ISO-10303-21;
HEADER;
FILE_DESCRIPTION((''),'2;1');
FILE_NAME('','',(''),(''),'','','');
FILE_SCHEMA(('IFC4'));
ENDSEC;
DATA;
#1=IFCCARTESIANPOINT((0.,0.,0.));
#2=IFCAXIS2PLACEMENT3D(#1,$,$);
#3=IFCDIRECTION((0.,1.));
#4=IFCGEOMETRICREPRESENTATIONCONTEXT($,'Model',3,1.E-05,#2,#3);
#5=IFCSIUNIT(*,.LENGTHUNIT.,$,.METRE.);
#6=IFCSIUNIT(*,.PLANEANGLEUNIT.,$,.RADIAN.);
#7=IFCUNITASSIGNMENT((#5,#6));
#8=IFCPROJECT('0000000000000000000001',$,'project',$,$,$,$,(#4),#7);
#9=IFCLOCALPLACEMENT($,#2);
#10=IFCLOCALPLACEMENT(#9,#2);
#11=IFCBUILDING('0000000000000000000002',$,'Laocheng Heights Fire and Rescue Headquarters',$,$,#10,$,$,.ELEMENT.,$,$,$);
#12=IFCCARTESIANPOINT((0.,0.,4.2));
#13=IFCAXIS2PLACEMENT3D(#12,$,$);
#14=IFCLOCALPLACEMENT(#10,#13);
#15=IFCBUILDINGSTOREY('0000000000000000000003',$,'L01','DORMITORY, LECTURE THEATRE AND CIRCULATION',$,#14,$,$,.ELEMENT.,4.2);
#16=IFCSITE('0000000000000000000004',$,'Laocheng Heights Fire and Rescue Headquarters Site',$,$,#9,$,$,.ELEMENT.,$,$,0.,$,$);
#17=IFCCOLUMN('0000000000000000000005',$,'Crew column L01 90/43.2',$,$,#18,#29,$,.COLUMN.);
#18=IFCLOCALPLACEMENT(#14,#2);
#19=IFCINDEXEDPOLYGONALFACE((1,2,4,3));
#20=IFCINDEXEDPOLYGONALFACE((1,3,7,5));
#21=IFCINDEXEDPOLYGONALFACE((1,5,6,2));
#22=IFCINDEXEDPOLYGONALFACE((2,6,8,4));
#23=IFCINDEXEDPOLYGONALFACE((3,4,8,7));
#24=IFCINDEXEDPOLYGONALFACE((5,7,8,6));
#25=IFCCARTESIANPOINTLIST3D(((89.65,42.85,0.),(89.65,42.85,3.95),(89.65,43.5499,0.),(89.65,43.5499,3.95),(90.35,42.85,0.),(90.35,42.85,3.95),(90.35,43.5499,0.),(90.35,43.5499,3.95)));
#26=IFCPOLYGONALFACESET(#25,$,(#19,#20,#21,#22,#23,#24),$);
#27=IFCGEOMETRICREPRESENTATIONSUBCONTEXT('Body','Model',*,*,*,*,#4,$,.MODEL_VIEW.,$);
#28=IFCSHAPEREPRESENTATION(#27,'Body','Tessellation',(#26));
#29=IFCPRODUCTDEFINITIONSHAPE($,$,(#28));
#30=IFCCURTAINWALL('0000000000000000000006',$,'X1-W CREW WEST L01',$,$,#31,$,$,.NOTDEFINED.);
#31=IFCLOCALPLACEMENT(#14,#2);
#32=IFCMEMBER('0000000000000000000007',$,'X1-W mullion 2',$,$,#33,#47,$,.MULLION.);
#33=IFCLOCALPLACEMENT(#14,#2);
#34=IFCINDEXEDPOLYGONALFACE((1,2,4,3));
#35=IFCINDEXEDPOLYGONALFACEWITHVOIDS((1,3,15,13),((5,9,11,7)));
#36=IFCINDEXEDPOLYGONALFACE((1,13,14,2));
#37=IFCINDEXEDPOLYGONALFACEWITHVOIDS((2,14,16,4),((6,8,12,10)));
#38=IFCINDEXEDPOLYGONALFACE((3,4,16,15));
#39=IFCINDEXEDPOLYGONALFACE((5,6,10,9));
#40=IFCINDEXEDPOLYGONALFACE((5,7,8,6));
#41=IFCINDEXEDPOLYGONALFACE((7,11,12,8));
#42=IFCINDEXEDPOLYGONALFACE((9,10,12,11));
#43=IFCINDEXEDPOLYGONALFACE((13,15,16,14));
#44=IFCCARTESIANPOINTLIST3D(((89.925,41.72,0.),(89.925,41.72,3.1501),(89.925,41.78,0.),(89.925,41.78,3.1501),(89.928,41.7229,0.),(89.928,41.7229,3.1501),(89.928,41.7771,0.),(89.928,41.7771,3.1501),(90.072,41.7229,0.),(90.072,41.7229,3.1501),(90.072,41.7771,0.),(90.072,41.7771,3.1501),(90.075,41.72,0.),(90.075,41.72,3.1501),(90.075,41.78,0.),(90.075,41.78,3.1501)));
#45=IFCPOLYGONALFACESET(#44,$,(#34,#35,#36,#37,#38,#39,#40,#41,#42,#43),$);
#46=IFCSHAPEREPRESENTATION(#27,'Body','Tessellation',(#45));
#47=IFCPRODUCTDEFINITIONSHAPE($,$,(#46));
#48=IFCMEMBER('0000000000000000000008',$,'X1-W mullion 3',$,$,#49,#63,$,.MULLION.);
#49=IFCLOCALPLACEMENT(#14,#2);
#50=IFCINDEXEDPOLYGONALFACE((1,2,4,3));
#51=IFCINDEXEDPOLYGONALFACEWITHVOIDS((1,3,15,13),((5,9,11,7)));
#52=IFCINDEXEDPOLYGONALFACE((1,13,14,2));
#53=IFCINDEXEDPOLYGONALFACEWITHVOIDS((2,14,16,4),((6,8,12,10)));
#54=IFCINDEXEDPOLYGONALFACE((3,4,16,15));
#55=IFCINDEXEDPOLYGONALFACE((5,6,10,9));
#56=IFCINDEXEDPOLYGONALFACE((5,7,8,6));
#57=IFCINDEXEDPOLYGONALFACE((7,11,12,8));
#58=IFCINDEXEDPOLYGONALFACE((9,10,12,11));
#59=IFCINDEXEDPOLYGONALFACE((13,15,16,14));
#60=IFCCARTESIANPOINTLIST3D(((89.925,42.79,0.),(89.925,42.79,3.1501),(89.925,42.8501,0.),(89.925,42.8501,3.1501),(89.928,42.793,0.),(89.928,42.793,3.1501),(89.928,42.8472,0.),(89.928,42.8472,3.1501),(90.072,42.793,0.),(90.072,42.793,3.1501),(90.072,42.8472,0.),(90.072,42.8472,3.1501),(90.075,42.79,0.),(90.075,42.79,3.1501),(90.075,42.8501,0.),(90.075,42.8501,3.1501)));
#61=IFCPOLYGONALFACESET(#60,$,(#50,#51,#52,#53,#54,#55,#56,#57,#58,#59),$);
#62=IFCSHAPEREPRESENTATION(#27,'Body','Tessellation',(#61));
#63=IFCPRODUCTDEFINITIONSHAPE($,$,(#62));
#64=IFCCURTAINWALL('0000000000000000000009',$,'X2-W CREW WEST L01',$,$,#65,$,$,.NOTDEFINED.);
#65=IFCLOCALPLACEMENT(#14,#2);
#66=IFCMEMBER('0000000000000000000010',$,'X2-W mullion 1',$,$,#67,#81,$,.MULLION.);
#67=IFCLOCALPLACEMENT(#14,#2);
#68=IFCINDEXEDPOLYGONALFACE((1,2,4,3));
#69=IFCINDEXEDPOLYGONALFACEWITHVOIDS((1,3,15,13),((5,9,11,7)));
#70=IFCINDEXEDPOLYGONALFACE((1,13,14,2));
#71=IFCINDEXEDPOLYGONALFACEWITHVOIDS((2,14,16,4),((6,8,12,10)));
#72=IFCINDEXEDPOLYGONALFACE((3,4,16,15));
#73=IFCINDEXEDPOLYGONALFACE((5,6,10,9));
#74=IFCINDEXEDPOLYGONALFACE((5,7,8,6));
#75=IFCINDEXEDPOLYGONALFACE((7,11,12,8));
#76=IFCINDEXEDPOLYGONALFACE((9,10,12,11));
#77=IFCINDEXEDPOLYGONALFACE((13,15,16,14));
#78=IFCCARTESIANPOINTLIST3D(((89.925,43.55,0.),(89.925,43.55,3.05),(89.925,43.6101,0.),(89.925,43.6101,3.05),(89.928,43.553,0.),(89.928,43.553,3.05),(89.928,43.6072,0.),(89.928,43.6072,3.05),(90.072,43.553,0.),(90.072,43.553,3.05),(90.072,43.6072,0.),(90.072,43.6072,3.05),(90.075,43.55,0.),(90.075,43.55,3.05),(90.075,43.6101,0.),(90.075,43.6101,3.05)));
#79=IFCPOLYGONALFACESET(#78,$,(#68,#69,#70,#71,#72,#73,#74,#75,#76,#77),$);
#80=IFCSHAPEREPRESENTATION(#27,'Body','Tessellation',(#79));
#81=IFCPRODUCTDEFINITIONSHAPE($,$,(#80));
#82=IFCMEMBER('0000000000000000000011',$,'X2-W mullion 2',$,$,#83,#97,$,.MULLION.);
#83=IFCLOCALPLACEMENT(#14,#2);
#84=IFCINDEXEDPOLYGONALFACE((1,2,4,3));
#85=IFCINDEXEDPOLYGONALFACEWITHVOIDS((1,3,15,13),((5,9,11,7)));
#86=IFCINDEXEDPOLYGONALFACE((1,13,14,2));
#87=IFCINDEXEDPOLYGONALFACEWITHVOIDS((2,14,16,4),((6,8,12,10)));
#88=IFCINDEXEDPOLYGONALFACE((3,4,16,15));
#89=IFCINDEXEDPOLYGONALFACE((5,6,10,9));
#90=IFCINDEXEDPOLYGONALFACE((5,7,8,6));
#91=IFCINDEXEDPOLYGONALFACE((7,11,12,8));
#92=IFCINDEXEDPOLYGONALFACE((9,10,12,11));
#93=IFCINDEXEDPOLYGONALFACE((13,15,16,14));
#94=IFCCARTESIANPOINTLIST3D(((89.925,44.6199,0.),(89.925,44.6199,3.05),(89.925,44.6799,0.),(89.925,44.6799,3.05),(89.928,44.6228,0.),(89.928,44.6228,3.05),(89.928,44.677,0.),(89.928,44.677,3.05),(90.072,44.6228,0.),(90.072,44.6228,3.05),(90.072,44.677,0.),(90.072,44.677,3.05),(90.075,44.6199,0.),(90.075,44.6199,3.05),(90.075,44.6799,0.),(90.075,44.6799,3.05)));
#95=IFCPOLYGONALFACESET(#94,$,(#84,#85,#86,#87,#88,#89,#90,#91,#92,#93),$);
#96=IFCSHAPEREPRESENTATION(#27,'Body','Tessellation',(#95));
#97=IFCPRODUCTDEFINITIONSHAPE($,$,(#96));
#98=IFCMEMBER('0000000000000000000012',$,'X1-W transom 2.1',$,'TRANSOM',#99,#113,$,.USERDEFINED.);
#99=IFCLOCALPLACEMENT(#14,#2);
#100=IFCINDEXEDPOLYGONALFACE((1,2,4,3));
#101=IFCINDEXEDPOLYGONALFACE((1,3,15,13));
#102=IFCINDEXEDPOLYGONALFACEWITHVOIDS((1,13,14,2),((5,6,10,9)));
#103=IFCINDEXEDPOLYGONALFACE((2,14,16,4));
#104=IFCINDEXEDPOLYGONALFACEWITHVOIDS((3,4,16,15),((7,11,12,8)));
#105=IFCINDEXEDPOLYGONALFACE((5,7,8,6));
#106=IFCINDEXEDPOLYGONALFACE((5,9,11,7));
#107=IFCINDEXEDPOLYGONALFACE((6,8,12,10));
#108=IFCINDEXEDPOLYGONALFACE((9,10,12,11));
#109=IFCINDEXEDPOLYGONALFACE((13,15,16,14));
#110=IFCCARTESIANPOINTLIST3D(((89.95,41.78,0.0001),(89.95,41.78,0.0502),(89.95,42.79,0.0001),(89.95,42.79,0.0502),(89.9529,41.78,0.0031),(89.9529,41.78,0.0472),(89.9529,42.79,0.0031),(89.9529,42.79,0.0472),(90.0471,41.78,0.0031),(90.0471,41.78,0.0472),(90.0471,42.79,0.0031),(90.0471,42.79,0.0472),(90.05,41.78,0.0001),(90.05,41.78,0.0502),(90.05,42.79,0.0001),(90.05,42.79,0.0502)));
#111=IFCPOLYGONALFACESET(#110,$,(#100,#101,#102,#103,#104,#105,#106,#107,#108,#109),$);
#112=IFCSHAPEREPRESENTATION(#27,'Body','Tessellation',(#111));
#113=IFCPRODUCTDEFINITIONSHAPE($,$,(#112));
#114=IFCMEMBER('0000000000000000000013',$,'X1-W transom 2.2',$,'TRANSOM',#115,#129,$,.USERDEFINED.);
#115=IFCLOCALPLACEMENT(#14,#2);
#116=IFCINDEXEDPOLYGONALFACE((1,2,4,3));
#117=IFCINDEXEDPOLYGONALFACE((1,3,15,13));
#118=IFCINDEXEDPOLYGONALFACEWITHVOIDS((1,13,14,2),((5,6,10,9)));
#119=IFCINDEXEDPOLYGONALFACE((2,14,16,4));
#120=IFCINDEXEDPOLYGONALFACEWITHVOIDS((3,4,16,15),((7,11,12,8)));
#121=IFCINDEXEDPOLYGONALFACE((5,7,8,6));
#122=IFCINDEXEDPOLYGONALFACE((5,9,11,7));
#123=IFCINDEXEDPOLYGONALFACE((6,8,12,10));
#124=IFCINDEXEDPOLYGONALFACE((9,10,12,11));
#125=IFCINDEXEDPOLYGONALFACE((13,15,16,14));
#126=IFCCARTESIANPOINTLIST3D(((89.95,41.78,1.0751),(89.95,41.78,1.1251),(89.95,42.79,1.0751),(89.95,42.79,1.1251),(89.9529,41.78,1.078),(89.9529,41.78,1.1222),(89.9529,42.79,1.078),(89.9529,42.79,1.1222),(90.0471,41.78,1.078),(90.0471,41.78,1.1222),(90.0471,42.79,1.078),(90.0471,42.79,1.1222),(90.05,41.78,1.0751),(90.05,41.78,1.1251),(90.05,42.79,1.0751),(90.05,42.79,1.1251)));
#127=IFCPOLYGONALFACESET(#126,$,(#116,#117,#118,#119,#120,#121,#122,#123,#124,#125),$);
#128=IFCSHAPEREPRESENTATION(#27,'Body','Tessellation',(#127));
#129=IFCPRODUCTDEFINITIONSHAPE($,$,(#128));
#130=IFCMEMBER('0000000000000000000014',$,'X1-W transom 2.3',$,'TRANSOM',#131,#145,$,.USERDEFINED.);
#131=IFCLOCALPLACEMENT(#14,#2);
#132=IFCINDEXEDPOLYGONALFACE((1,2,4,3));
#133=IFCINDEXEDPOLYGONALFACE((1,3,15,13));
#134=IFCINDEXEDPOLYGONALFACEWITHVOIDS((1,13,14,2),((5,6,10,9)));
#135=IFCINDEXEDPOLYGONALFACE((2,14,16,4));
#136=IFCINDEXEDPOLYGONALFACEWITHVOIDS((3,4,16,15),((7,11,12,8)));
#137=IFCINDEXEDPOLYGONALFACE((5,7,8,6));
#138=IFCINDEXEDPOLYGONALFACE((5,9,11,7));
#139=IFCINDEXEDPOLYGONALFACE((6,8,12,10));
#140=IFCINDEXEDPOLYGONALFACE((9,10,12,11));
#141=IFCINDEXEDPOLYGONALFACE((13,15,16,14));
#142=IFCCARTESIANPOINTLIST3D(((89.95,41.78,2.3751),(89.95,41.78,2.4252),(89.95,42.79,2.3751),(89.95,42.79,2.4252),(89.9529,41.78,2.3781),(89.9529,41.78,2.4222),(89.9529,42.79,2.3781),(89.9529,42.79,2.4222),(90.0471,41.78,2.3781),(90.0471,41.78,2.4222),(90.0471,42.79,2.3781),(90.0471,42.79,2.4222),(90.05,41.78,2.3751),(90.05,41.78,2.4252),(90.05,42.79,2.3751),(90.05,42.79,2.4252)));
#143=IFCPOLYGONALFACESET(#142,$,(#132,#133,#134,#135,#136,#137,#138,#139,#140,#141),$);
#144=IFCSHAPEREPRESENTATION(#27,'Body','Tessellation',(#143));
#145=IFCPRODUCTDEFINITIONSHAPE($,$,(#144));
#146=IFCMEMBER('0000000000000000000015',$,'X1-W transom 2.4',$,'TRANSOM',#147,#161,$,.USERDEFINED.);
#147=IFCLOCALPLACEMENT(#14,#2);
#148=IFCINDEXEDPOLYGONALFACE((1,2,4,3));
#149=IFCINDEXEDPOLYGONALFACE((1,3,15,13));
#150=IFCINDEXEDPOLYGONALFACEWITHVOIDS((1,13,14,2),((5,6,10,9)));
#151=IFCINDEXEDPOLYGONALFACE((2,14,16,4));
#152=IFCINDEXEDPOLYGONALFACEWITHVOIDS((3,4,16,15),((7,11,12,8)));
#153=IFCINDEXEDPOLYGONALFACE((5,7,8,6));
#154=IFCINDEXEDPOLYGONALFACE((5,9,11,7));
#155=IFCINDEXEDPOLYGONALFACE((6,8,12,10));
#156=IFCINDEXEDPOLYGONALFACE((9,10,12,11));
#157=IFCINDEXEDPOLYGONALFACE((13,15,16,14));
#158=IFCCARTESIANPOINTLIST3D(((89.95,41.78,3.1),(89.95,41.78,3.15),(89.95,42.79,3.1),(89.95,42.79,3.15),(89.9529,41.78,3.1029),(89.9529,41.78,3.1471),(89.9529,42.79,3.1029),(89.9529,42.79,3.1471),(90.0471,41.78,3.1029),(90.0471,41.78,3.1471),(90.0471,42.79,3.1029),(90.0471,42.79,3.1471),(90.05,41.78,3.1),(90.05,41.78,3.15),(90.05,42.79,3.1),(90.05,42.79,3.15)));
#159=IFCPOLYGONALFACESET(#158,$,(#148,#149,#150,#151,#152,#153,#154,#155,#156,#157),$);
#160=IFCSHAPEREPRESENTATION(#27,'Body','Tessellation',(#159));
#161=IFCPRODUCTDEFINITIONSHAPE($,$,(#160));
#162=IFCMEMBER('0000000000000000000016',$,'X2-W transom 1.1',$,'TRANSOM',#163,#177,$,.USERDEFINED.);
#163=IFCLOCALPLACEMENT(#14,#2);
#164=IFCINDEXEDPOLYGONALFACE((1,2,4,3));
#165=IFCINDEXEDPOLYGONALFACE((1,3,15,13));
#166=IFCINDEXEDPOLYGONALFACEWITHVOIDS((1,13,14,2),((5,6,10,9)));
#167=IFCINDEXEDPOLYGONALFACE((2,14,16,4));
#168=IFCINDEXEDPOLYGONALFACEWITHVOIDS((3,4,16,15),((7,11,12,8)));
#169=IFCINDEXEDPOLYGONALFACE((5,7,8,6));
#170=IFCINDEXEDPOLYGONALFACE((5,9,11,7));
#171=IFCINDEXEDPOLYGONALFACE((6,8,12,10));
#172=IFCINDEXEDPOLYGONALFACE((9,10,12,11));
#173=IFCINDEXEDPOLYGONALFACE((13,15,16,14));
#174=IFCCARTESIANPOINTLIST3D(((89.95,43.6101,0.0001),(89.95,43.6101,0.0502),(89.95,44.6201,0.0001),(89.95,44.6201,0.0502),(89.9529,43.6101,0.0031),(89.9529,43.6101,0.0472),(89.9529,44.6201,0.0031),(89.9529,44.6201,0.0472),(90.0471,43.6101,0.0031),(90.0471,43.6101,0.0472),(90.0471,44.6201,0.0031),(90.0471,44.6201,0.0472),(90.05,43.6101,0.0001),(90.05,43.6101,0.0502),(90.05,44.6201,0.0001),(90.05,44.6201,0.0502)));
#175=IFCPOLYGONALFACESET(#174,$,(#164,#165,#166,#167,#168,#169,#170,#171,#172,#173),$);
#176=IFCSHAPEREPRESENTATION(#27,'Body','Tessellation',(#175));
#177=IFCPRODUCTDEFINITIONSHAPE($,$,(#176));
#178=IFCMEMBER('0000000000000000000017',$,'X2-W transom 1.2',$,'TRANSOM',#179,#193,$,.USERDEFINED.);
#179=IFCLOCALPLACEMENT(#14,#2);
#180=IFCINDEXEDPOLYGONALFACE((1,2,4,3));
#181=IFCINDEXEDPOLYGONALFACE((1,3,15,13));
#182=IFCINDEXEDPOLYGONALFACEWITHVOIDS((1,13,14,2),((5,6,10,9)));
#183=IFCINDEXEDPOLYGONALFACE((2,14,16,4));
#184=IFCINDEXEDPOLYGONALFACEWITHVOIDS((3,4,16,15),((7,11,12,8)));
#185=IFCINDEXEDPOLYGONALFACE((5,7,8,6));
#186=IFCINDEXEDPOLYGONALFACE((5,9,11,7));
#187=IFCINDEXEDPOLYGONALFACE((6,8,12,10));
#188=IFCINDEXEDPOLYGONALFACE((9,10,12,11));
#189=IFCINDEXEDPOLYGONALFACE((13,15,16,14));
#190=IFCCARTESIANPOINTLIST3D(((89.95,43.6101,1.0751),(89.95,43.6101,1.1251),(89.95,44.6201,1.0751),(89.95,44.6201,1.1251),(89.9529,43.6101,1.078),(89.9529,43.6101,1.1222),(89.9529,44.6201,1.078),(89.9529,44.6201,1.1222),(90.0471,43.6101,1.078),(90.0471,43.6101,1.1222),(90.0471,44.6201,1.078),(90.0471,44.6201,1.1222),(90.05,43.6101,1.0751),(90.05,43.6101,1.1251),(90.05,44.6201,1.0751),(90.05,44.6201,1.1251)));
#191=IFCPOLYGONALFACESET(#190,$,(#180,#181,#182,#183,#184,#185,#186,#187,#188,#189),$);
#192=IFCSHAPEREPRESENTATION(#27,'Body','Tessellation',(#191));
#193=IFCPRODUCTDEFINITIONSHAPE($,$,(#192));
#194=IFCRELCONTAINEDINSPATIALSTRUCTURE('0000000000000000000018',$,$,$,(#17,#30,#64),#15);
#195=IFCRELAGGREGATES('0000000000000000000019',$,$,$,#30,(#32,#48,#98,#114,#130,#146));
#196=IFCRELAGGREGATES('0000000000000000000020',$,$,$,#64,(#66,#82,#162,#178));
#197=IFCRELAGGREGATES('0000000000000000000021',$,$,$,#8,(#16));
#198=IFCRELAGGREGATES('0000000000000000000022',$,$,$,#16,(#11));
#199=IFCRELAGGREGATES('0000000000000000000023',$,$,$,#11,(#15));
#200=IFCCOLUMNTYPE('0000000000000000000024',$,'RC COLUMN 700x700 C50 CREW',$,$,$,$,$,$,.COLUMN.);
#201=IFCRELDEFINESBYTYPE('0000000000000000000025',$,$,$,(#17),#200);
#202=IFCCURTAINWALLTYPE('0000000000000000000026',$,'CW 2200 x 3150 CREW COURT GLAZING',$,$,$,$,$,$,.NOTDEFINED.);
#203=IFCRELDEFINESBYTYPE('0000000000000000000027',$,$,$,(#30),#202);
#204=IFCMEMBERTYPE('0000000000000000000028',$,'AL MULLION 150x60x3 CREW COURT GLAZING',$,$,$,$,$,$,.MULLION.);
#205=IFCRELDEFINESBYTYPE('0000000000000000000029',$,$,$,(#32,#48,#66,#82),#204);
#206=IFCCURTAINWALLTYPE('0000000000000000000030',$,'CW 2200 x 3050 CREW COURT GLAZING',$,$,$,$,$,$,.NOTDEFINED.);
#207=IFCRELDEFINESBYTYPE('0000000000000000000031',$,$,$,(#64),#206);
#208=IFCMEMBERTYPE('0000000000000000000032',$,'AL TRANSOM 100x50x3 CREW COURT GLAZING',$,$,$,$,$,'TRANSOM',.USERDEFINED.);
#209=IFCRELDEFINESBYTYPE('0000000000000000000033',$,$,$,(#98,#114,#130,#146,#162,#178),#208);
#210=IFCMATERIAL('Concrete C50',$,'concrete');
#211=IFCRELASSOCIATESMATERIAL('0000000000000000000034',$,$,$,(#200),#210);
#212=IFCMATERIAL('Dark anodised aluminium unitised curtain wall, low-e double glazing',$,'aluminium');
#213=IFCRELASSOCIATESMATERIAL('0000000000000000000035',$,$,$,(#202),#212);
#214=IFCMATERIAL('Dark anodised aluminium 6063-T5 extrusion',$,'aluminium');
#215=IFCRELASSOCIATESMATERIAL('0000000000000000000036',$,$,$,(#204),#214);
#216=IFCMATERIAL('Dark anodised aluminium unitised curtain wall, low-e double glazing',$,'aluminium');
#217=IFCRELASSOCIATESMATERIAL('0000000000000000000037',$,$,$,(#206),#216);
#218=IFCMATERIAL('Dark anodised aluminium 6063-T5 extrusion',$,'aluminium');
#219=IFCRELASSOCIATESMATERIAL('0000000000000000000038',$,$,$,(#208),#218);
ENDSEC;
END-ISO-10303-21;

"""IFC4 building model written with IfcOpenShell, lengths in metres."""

from ifc_helpers import new_model, si_unit, direction, frame, origin, origin_2d, place, context, subcontext, project, spatial, rectangle, hollow_rectangle, extrude, material, material_profile, profile_set, type_object, element, aggregate, save


model = new_model("IFC4")

# Units and contexts
model_context = context("Model", 3, precision=1e-05, world=origin(), true_north=direction((0.0, 1.0)))
body_context = subcontext(model_context, "Body", "Model", "MODEL_VIEW")
ifc_project = project(units=[si_unit("LENGTHUNIT", "METRE"), si_unit("PLANEANGLEUNIT", "RADIAN")], contexts=[model_context])

# Site, building, storey
site_placement = place(None, origin())
site = spatial("IfcSite", under=ifc_project, at=site_placement, Name="Laocheng Heights Fire and Rescue Headquarters Site", CompositionType="ELEMENT", RefElevation=0.0)
building_placement = place(site_placement, origin())
building = spatial("IfcBuilding", under=site, at=building_placement, Name="Laocheng Heights Fire and Rescue Headquarters", CompositionType="ELEMENT")
storey_placement = place(building_placement, frame((0.0, 0.0, 4.2)))
storey = spatial("IfcBuildingStorey", under=building, at=storey_placement, Name="L01", Description="DORMITORY, LECTURE THEATRE AND CIRCULATION", CompositionType="ELEMENT", Elevation=4.2)

# Column
ifc_material_1 = material(Name="Concrete C50", Category="concrete")
ifc_material_profile_1 = material_profile(ifc_material_1, rectangle(XDim=0.7, YDim=0.7, at=origin_2d()), Name="RC COLUMN 700x700 C50 CREW")
ifc_profile_set_1 = profile_set([ifc_material_profile_1], Name="Concrete C50")
column_type = type_object("IfcColumnType", Name="RC COLUMN 700x700 C50 CREW", PredefinedType="COLUMN", material=ifc_profile_set_1)
column_placement = place(storey_placement, frame((90.0, 43.2, 0.0), z_axis=(0.0, 0.0, 1.0), x_axis=(1.0, 0.0, 0.0)))
element("IfcColumn", 1, at=column_placement, inside=storey, type_object=column_type, Name="Crew column L01 90/43.2", PredefinedType="COLUMN", context=body_context, shape_type="SweptSolid", body=[
    extrude(rectangle(XDim=0.7, YDim=0.7, at=origin_2d()), origin(), (0.0, 0.0, 1.0), 3.95),
])

# Curtain walls, members
ifc_material_2 = material(Name="Dark anodised aluminium unitised curtain wall, low-e double glazing", Category="aluminium")
curtain_wall_type_1 = type_object("IfcCurtainWallType", Name="CW 2200 x 3150 CREW COURT GLAZING", PredefinedType="NOTDEFINED", material=ifc_material_2)
curtain_wall_1_placement = place(storey_placement, origin())
curtain_wall_1 = element("IfcCurtainWall", 2, at=curtain_wall_1_placement, inside=storey, type_object=curtain_wall_type_1, Name="X1-W CREW WEST L01", PredefinedType="NOTDEFINED")
ifc_material_3 = material(Name="Dark anodised aluminium 6063-T5 extrusion", Category="aluminium")
ifc_material_profile_2 = material_profile(ifc_material_3, hollow_rectangle(XDim=0.1499, YDim=0.0601, WallThickness=0.0029, at=origin_2d()), Name="AL MULLION 150x60x3 CREW COURT GLAZING")
ifc_profile_set_2 = profile_set([ifc_material_profile_2], Name="Dark anodised aluminium 6063-T5 extrusion")
member_type_1 = type_object("IfcMemberType", Name="AL MULLION 150x60x3 CREW COURT GLAZING", PredefinedType="MULLION", material=ifc_profile_set_2)
member_1_placement = place(storey_placement, frame((90.0, 41.75, 0.0), z_axis=(0.0, 0.0, 1.0), x_axis=(-1.0, 0.0, 0.0)))
member_1 = element("IfcMember", 3, at=member_1_placement, type_object=member_type_1, Name="X1-W mullion 2", PredefinedType="MULLION", context=body_context, shape_type="SweptSolid", body=[
    extrude(hollow_rectangle(XDim=0.1499, YDim=0.0601, WallThickness=0.0029, at=origin_2d()), origin(), (0.0, 0.0, 1.0), 3.1501),
])
member_2_placement = place(storey_placement, frame((90.0, 42.8201, 0.0), z_axis=(0.0, 0.0, 1.0), x_axis=(-1.0, 0.0, 0.0)))
member_2 = element("IfcMember", 4, at=member_2_placement, type_object=member_type_1, Name="X1-W mullion 3", PredefinedType="MULLION", context=body_context, shape_type="SweptSolid", body=[
    extrude(hollow_rectangle(XDim=0.1499, YDim=0.0601, WallThickness=0.0029, at=origin_2d()), origin(), (0.0, 0.0, 1.0), 3.1501),
])
ifc_material_4 = material(Name="Dark anodised aluminium unitised curtain wall, low-e double glazing", Category="aluminium")
curtain_wall_type_2 = type_object("IfcCurtainWallType", Name="CW 2200 x 3050 CREW COURT GLAZING", PredefinedType="NOTDEFINED", material=ifc_material_4)
curtain_wall_2_placement = place(storey_placement, origin())
curtain_wall_2 = element("IfcCurtainWall", 5, at=curtain_wall_2_placement, inside=storey, type_object=curtain_wall_type_2, Name="X2-W CREW WEST L01", PredefinedType="NOTDEFINED")
member_3_placement = place(storey_placement, frame((90.0, 43.5801, 0.0), z_axis=(0.0, 0.0, 1.0), x_axis=(-1.0, 0.0, 0.0)))
member_3 = element("IfcMember", 6, at=member_3_placement, type_object=member_type_1, Name="X2-W mullion 1", PredefinedType="MULLION", context=body_context, shape_type="SweptSolid", body=[
    extrude(hollow_rectangle(XDim=0.1499, YDim=0.0601, WallThickness=0.0029, at=origin_2d()), origin(), (0.0, 0.0, 1.0), 3.05),
])
member_4_placement = place(storey_placement, frame((90.0, 44.6499, 0.0), z_axis=(0.0, 0.0, 1.0), x_axis=(-1.0, 0.0, 0.0)))
member_4 = element("IfcMember", 7, at=member_4_placement, type_object=member_type_1, Name="X2-W mullion 2", PredefinedType="MULLION", context=body_context, shape_type="SweptSolid", body=[
    extrude(hollow_rectangle(XDim=0.1499, YDim=0.0601, WallThickness=0.0029, at=origin_2d()), origin(), (0.0, 0.0, 1.0), 3.05),
])

# Members
ifc_material_5 = material(Name="Dark anodised aluminium 6063-T5 extrusion", Category="aluminium")
ifc_material_profile_3 = material_profile(ifc_material_5, hollow_rectangle(XDim=0.1001, YDim=0.05, WallThickness=0.0029, at=origin_2d()), Name="AL TRANSOM 100x50x3 CREW COURT GLAZING")
ifc_profile_set_3 = profile_set([ifc_material_profile_3], Name="Dark anodised aluminium 6063-T5 extrusion")
member_type_2 = type_object("IfcMemberType", Name="AL TRANSOM 100x50x3 CREW COURT GLAZING", ElementType="TRANSOM", PredefinedType="USERDEFINED", material=ifc_profile_set_3)
member_5_placement = place(storey_placement, frame((90.0, 41.78, 0.0251), z_axis=(0.0, 1.0, 0.0), x_axis=(-1.0, 0.0, 0.0)))
member_5 = element("IfcMember", 8, at=member_5_placement, type_object=member_type_2, Name="X1-W transom 2.1", ObjectType="TRANSOM", PredefinedType="USERDEFINED", context=body_context, shape_type="SweptSolid", body=[
    extrude(hollow_rectangle(XDim=0.1001, YDim=0.05, WallThickness=0.0029, at=origin_2d()), origin(), (0.0, 0.0, 1.0), 1.01),
])
member_6_placement = place(storey_placement, frame((90.0, 41.78, 1.1001), z_axis=(0.0, 1.0, 0.0), x_axis=(-1.0, 0.0, 0.0)))
member_6 = element("IfcMember", 9, at=member_6_placement, type_object=member_type_2, Name="X1-W transom 2.2", ObjectType="TRANSOM", PredefinedType="USERDEFINED", context=body_context, shape_type="SweptSolid", body=[
    extrude(hollow_rectangle(XDim=0.1001, YDim=0.05, WallThickness=0.0029, at=origin_2d()), origin(), (0.0, 0.0, 1.0), 1.01),
])
member_7_placement = place(storey_placement, frame((90.0, 41.78, 2.4001), z_axis=(0.0, 1.0, 0.0), x_axis=(-1.0, 0.0, 0.0)))
member_7 = element("IfcMember", 10, at=member_7_placement, type_object=member_type_2, Name="X1-W transom 2.3", ObjectType="TRANSOM", PredefinedType="USERDEFINED", context=body_context, shape_type="SweptSolid", body=[
    extrude(hollow_rectangle(XDim=0.1001, YDim=0.05, WallThickness=0.0029, at=origin_2d()), origin(), (0.0, 0.0, 1.0), 1.01),
])
member_8_placement = place(storey_placement, frame((90.0, 41.78, 3.125), z_axis=(0.0, 1.0, 0.0), x_axis=(-1.0, 0.0, 0.0)))
member_8 = element("IfcMember", 11, at=member_8_placement, type_object=member_type_2, Name="X1-W transom 2.4", ObjectType="TRANSOM", PredefinedType="USERDEFINED", context=body_context, shape_type="SweptSolid", body=[
    extrude(hollow_rectangle(XDim=0.1001, YDim=0.05, WallThickness=0.0029, at=origin_2d()), origin(), (0.0, 0.0, 1.0), 1.01),
])
member_9_placement = place(storey_placement, frame((90.0, 43.6101, 0.0251), z_axis=(0.0, 1.0, 0.0), x_axis=(-1.0, 0.0, 0.0)))
member_9 = element("IfcMember", 12, at=member_9_placement, type_object=member_type_2, Name="X2-W transom 1.1", ObjectType="TRANSOM", PredefinedType="USERDEFINED", context=body_context, shape_type="SweptSolid", body=[
    extrude(hollow_rectangle(XDim=0.1001, YDim=0.05, WallThickness=0.0029, at=origin_2d()), origin(), (0.0, 0.0, 1.0), 1.01),
])
member_10_placement = place(storey_placement, frame((90.0, 43.6101, 1.1001), z_axis=(0.0, 1.0, 0.0), x_axis=(-1.0, 0.0, 0.0)))
member_10 = element("IfcMember", 13, at=member_10_placement, type_object=member_type_2, Name="X2-W transom 1.2", ObjectType="TRANSOM", PredefinedType="USERDEFINED", context=body_context, shape_type="SweptSolid", body=[
    extrude(hollow_rectangle(XDim=0.1001, YDim=0.05, WallThickness=0.0029, at=origin_2d()), origin(), (0.0, 0.0, 1.0), 1.01),
])

aggregate(curtain_wall_1, [member_1, member_2, member_5, member_6, member_7, member_8])
aggregate(curtain_wall_2, [member_3, member_4, member_9, member_10])

save(model, "model.ifc")
